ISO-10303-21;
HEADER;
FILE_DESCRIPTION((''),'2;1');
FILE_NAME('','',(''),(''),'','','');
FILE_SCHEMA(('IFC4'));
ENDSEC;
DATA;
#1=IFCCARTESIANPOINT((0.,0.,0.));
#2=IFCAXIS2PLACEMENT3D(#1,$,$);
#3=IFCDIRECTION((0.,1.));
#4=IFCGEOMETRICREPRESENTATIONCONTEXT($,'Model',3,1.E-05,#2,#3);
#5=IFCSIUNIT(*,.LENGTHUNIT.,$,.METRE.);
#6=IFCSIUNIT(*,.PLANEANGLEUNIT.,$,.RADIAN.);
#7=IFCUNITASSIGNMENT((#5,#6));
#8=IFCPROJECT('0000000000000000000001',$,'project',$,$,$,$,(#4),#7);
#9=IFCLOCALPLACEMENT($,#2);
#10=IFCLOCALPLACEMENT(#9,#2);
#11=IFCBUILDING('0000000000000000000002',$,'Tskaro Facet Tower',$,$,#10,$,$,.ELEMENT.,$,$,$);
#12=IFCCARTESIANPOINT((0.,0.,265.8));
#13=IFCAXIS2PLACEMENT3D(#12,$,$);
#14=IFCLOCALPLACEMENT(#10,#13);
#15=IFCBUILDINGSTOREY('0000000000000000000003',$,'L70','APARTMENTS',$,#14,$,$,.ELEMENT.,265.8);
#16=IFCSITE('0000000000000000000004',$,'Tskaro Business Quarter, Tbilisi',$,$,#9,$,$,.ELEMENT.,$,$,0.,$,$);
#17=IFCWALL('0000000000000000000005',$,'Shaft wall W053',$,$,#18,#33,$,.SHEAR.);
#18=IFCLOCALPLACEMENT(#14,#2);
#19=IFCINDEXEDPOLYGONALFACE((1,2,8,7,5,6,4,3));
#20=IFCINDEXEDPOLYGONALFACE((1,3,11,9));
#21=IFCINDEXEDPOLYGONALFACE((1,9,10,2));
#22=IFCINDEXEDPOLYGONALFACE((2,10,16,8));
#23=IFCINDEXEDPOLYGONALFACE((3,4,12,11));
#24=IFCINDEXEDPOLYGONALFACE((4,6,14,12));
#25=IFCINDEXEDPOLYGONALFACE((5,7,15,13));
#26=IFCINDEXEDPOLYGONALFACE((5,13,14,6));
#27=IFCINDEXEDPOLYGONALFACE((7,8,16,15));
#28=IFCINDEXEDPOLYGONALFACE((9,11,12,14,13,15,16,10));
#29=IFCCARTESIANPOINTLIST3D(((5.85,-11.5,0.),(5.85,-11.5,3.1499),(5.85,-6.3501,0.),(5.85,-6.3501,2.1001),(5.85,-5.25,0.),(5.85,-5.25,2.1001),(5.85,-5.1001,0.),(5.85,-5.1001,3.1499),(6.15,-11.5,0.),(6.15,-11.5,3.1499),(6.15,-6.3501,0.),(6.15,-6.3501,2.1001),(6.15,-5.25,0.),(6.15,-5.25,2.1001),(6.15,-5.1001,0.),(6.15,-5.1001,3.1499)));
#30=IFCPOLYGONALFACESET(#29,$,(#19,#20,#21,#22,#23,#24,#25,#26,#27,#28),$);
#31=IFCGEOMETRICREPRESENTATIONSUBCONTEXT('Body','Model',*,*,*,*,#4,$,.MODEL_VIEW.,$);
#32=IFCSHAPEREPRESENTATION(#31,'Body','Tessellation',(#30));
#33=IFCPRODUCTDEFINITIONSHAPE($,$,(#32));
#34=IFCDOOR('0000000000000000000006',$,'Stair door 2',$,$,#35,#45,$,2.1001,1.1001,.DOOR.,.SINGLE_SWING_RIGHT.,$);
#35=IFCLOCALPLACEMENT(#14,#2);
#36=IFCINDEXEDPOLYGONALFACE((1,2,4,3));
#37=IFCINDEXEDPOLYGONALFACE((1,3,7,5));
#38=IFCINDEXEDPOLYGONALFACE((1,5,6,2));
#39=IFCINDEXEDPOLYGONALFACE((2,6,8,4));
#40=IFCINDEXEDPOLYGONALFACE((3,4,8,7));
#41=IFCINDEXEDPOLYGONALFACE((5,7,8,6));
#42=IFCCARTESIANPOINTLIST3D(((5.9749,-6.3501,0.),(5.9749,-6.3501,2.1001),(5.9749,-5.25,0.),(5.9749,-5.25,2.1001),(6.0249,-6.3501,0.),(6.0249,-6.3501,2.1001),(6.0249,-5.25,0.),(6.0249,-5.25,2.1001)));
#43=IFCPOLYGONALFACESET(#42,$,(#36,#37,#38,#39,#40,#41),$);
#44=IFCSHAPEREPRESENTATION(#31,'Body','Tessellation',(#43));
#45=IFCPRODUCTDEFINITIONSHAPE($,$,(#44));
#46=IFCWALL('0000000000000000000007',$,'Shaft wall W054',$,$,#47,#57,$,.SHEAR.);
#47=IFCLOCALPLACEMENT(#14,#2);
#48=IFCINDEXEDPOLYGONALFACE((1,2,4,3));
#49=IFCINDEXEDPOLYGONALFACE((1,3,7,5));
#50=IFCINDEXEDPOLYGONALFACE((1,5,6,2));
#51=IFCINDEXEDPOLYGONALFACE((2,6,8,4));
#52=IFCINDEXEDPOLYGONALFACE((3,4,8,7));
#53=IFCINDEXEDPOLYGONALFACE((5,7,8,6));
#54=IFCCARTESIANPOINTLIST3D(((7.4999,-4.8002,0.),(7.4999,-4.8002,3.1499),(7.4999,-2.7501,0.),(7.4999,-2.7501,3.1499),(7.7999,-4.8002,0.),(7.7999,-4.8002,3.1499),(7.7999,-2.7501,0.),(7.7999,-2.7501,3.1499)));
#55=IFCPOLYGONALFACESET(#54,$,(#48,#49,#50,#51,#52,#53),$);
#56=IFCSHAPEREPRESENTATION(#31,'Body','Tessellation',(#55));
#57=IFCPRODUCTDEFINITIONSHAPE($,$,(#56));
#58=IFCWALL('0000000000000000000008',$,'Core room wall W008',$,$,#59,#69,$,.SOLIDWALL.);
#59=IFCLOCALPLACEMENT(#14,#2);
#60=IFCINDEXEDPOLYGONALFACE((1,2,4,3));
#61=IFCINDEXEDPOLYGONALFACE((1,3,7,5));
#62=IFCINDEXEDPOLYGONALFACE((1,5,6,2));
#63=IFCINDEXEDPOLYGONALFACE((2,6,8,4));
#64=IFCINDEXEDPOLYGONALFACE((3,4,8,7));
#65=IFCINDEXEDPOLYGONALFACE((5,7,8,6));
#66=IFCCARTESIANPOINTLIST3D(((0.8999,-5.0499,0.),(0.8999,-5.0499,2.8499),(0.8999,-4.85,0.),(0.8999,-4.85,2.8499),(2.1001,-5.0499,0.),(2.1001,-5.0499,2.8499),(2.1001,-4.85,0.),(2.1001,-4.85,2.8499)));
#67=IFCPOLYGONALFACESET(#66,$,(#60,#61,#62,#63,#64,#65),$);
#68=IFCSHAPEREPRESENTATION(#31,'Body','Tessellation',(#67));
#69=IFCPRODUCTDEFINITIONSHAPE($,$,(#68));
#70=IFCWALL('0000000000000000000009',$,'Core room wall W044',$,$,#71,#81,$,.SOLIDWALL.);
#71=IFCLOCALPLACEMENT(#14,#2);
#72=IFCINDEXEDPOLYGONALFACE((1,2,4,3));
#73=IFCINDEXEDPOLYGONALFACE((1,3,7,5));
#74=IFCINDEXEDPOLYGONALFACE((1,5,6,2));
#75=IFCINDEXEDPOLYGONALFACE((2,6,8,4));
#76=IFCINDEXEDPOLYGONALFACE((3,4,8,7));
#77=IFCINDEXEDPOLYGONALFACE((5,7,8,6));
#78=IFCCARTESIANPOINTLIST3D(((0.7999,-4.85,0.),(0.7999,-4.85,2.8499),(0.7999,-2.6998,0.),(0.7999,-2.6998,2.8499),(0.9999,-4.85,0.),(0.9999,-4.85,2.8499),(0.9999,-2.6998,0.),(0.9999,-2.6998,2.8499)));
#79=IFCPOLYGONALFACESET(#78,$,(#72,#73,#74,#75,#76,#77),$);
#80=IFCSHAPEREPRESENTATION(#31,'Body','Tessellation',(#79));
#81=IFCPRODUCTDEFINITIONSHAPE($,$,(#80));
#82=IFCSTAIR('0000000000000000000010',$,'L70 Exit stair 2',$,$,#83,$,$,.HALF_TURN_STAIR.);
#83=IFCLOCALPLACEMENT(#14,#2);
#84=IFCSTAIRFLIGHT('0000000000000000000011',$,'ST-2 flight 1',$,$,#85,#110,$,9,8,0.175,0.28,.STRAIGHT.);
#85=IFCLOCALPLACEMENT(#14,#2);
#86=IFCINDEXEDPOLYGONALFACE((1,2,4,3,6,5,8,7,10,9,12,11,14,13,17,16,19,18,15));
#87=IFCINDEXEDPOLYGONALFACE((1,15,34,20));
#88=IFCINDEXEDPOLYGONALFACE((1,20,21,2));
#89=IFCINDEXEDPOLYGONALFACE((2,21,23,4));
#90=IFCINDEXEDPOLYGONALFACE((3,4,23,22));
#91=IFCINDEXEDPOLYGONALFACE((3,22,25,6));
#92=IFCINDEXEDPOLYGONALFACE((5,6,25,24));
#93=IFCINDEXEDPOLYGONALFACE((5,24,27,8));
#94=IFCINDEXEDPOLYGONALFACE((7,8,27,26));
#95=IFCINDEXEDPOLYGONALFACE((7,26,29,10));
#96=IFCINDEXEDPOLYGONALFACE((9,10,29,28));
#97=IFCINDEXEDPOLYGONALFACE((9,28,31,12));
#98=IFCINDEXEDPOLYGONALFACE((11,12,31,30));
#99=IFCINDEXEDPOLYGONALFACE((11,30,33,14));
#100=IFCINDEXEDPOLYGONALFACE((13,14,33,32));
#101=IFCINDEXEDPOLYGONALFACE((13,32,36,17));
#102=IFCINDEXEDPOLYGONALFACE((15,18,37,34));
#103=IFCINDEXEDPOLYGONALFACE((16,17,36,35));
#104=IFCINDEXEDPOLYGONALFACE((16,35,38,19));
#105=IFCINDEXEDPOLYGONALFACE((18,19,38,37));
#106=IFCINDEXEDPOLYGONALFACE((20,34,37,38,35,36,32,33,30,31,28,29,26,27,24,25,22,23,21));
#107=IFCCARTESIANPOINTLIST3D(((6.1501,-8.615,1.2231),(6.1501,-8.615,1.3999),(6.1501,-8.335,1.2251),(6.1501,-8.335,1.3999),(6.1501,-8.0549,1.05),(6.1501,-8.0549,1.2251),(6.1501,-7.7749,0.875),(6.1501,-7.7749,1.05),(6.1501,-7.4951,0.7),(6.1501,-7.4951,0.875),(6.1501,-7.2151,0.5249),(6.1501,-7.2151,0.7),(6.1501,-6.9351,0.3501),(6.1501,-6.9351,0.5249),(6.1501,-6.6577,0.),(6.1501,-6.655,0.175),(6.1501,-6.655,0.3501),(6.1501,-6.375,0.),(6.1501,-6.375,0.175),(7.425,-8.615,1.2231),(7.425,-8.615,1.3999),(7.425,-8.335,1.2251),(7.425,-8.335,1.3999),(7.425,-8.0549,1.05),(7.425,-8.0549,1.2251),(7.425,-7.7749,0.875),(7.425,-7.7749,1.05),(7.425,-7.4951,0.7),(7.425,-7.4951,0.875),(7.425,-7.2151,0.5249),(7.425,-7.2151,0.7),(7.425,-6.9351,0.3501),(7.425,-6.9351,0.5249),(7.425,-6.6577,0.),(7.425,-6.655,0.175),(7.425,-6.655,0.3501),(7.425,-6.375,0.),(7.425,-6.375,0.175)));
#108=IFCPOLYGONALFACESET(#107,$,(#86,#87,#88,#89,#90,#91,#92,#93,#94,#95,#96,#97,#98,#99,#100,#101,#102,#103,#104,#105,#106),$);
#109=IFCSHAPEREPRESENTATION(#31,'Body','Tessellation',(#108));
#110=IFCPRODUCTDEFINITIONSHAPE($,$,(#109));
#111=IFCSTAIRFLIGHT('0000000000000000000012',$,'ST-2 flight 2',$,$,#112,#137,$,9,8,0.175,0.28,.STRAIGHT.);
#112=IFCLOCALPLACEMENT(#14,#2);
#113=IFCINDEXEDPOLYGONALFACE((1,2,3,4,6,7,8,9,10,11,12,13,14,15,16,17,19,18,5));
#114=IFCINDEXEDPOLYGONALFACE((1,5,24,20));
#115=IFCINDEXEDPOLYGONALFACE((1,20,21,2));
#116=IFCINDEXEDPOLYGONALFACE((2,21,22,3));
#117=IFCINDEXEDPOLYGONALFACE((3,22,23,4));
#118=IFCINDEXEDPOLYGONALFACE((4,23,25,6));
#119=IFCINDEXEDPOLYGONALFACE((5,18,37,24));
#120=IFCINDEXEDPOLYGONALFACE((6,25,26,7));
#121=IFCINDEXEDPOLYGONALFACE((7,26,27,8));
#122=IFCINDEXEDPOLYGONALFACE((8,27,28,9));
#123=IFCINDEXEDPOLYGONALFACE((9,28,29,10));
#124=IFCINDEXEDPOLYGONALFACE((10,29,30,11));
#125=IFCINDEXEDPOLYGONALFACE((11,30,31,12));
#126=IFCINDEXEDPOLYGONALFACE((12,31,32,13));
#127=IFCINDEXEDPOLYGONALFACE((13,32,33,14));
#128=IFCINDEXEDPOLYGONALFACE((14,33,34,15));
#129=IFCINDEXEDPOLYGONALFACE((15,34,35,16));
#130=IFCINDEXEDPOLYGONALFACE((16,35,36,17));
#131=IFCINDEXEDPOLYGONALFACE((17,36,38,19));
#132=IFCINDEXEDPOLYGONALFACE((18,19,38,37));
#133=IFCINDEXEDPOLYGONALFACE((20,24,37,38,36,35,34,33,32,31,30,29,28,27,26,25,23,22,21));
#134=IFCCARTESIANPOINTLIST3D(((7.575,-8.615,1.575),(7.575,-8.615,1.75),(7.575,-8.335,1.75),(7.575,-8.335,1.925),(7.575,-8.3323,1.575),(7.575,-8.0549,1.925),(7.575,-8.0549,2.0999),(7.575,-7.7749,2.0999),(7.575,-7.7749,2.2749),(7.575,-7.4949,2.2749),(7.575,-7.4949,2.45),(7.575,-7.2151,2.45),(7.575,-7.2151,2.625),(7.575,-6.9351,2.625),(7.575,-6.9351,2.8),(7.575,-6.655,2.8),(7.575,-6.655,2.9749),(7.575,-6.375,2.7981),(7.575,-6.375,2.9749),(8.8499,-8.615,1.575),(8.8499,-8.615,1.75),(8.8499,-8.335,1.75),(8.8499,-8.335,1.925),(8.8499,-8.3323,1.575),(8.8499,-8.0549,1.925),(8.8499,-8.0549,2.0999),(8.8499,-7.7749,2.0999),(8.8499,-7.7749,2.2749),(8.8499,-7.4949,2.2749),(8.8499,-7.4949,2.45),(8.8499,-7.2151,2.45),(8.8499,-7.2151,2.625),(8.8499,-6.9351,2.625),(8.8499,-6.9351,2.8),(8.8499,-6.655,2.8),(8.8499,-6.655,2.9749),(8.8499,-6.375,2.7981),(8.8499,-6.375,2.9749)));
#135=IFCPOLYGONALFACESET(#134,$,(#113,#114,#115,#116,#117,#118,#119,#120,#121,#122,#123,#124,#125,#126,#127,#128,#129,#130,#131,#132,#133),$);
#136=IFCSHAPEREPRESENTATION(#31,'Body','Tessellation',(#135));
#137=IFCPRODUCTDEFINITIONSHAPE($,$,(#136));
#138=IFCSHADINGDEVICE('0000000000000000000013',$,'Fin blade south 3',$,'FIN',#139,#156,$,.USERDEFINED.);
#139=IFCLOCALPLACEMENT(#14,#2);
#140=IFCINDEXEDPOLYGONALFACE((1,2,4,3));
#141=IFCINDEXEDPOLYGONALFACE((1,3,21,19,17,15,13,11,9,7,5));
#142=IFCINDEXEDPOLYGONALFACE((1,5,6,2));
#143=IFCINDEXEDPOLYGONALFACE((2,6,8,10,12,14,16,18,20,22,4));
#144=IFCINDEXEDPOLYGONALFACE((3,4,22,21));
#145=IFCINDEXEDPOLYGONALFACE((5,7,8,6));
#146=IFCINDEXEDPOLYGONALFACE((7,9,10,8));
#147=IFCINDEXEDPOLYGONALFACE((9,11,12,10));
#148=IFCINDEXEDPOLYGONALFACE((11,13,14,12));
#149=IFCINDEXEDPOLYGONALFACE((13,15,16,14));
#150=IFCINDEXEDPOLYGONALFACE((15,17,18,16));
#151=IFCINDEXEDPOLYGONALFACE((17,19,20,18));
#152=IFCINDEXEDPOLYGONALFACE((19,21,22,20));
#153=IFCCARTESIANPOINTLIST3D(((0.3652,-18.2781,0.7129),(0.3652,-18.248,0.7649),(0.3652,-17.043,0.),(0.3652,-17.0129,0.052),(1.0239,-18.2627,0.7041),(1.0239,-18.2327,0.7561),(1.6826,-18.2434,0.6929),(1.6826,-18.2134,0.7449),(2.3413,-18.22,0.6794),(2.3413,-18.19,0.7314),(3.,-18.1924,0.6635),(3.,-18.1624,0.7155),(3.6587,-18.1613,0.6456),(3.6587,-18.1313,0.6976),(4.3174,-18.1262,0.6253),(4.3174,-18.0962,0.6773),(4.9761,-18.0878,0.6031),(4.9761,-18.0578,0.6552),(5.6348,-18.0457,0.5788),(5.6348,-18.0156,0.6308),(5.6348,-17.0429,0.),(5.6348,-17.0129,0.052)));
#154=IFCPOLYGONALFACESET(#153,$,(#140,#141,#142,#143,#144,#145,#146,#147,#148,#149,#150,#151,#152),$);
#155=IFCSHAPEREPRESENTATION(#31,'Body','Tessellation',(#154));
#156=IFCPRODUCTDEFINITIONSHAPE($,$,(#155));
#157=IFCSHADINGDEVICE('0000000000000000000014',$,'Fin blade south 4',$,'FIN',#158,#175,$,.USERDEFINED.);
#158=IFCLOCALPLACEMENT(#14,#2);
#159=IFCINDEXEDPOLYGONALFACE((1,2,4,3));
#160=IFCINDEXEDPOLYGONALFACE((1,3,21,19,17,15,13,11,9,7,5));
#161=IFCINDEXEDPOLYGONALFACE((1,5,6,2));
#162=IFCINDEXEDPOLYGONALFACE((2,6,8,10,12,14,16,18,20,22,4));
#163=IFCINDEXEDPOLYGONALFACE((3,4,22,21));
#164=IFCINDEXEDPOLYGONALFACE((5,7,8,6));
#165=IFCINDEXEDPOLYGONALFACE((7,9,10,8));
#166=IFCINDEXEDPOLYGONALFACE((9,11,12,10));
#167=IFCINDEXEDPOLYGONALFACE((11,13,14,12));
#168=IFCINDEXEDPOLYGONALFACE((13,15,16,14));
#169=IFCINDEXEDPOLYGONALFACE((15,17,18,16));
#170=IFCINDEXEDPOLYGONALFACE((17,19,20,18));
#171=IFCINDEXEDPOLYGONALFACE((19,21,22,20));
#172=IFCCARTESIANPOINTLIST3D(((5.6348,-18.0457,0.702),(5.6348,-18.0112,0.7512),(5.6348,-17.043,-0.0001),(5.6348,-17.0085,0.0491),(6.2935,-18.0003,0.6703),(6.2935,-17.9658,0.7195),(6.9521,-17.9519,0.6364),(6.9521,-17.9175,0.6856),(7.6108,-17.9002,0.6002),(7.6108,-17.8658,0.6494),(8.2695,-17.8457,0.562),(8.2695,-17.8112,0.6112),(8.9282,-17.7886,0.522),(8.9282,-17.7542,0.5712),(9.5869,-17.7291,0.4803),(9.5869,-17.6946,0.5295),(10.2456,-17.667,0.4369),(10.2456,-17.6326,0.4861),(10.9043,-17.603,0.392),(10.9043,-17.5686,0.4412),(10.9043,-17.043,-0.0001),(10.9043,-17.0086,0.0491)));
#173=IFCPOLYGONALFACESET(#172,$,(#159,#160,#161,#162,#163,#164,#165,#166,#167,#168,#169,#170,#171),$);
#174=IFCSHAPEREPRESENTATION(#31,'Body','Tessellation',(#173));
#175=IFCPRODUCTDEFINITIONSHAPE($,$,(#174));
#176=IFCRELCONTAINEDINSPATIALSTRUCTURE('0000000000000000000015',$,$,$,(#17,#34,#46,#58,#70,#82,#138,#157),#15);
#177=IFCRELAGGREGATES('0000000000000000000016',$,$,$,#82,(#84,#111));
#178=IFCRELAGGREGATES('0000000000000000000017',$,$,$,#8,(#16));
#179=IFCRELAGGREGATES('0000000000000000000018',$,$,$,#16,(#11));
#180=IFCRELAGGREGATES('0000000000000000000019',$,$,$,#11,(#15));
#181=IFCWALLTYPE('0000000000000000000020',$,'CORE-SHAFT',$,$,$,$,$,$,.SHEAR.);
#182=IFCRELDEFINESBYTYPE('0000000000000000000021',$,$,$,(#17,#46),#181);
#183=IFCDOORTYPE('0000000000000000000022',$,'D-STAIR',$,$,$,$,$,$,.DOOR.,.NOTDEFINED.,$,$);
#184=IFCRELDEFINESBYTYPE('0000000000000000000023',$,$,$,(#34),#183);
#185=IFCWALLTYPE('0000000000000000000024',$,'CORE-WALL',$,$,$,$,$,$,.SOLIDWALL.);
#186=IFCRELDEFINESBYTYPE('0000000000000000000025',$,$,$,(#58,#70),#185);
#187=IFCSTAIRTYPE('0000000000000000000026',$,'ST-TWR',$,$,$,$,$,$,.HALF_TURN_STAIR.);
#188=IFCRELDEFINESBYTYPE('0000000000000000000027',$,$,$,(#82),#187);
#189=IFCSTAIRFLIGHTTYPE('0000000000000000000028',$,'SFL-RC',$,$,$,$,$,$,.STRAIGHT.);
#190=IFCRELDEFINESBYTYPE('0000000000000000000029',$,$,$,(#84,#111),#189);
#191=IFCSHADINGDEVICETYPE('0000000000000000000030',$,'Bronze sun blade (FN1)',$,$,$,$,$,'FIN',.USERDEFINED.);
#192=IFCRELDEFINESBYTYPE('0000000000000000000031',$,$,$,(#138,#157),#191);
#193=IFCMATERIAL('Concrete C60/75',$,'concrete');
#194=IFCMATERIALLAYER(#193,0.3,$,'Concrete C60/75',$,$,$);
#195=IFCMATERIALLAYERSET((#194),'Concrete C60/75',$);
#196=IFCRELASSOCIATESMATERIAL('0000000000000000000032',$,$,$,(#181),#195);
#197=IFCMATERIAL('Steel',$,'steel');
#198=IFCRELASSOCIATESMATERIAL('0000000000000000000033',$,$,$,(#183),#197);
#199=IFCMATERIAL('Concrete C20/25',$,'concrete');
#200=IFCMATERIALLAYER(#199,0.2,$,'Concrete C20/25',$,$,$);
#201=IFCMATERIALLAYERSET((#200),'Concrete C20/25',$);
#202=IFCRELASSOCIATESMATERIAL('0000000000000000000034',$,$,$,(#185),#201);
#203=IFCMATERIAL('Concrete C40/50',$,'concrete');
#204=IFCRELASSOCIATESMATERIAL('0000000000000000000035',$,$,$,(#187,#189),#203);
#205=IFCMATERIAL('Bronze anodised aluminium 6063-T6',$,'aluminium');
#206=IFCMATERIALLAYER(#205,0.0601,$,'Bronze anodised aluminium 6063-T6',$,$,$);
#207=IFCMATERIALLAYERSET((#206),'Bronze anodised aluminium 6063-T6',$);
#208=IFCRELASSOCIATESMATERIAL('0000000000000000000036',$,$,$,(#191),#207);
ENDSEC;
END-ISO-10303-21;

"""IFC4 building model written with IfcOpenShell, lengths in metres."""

from ifc_helpers import new_model, si_unit, direction, frame, frame_2d, origin, place, context, subcontext, project, spatial, polyline, rectangle, outline, extrude, material, layer, layer_set, type_object, element, fill, aggregate, save


model = new_model("IFC4")

# Units and contexts
model_context = context("Model", 3, precision=1e-05, world=origin(), true_north=direction((0.0, 1.0)))
body_context = subcontext(model_context, "Body", "Model", "MODEL_VIEW")
ifc_project = project(units=[si_unit("LENGTHUNIT", "METRE"), si_unit("PLANEANGLEUNIT", "RADIAN")], contexts=[model_context])

# Site, building, storey
site_placement = place(None, origin())
site = spatial("IfcSite", under=ifc_project, at=site_placement, Name="Tskaro Business Quarter, Tbilisi", CompositionType="ELEMENT", RefElevation=0.0)
building_placement = place(site_placement, origin())
building = spatial("IfcBuilding", under=site, at=building_placement, Name="Tskaro Facet Tower", CompositionType="ELEMENT")
storey_placement = place(building_placement, frame((0.0, 0.0, 265.8)))
storey = spatial("IfcBuildingStorey", under=building, at=storey_placement, Name="L70", Description="APARTMENTS", CompositionType="ELEMENT", Elevation=265.8)

# Shared definitions
ifc_material_1 = material(Name="Bronze anodised aluminium 6063-T6", Category="aluminium")

# Shared definitions
ifc_material_2 = material(Name="Concrete C60/75", Category="concrete")
ifc_layer_1 = layer(ifc_material_2, 0.3, Name="Concrete C60/75")
ifc_layer_set_1 = layer_set([ifc_layer_1], Name="Concrete C60/75")
wall_type_1 = type_object("IfcWallType", Name="CORE-SHAFT", PredefinedType="SHEAR", material=ifc_layer_set_1)

# Wall, opening, door
wall_1_placement = place(storey_placement, frame((6.0, -5.1001, 0.0), z_axis=(0.0, 0.0, 1.0), x_axis=(0.0, -1.0, 0.0)))
wall_1 = element("IfcWall", 1, at=wall_1_placement, inside=storey, type_object=wall_type_1, Name="Shaft wall W053", PredefinedType="SHEAR", context=body_context, shape_type="SweptSolid", body=[
    extrude(rectangle(XDim=6.3999, YDim=0.3, at=frame_2d((3.2, 0.0))), origin(), (0.0, 0.0, 1.0), 3.1499),
])
opening_placement = place(wall_1_placement, frame((0.1499, 0.0, 0.0)))
opening = element("IfcOpeningElement", 2, at=opening_placement, cuts=wall_1, PredefinedType="OPENING", context=body_context, shape_type="SweptSolid", body=[
    extrude(rectangle(XDim=1.1001, YDim=2.1001, at=frame_2d((0.55, 1.05))), frame((0.0, 0.1599, 0.0), z_axis=(0.0, -1.0, 0.0), x_axis=(1.0, 0.0, 0.0)), (0.0, 0.0, 1.0), 0.3201),
])
ifc_material_3 = material(Name="Steel", Category="steel")
door_type = type_object("IfcDoorType", Name="D-STAIR", OperationType="NOTDEFINED", PredefinedType="DOOR", material=ifc_material_3)
door_placement = place(opening_placement, origin())
door = element("IfcDoor", 3, at=door_placement, inside=storey, type_object=door_type, Name="Stair door 2", OperationType="SINGLE_SWING_RIGHT", OverallHeight=2.1001, OverallWidth=1.1001, PredefinedType="DOOR", context=body_context, shape_type="SweptSolid", body=[
    extrude(rectangle(XDim=1.1001, YDim=2.1001, at=frame_2d((0.55, 1.05))), frame((0.0, 0.0249, 0.0), z_axis=(0.0, -1.0, 0.0), x_axis=(1.0, 0.0, 0.0)), (0.0, 0.0, 1.0), 0.05),
])
fill(opening, door)

# Walls
wall_2_placement = place(storey_placement, frame((7.6499, -4.8, 0.0), z_axis=(0.0, 0.0, 1.0), x_axis=(0.0, 1.0, 0.0)))
element("IfcWall", 4, at=wall_2_placement, inside=storey, type_object=wall_type_1, Name="Shaft wall W054", PredefinedType="SHEAR", context=body_context, shape_type="SweptSolid", body=[
    extrude(rectangle(XDim=2.05, YDim=0.3, at=frame_2d((1.0249, 0.0))), origin(), (0.0, 0.0, 1.0), 3.1499),
])
ifc_material_4 = material(Name="Concrete C20/25", Category="concrete")
ifc_layer_2 = layer(ifc_material_4, 0.2, Name="Concrete C20/25")
ifc_layer_set_2 = layer_set([ifc_layer_2], Name="Concrete C20/25")
wall_type_2 = type_object("IfcWallType", Name="CORE-WALL", PredefinedType="SOLIDWALL", material=ifc_layer_set_2)
wall_3_placement = place(storey_placement, frame((0.8999, -4.95, 0.0), z_axis=(0.0, 0.0, 1.0), x_axis=(1.0, 0.0, 0.0)))
element("IfcWall", 5, at=wall_3_placement, inside=storey, type_object=wall_type_2, Name="Core room wall W008", PredefinedType="SOLIDWALL", context=body_context, shape_type="SweptSolid", body=[
    extrude(rectangle(XDim=1.2002, YDim=0.2, at=frame_2d((0.6001, 0.0))), origin(), (0.0, 0.0, 1.0), 2.8499),
])
wall_4_placement = place(storey_placement, frame((0.8999, -4.8501, 0.0), z_axis=(0.0, 0.0, 1.0), x_axis=(0.0, 1.0, 0.0)))
element("IfcWall", 6, at=wall_4_placement, inside=storey, type_object=wall_type_2, Name="Core room wall W044", PredefinedType="SOLIDWALL", context=body_context, shape_type="SweptSolid", body=[
    extrude(rectangle(XDim=2.1501, YDim=0.2, at=frame_2d((1.0752, 0.0))), origin(), (0.0, 0.0, 1.0), 2.8499),
])

# Stair, stair flights
ifc_material_5 = material(Name="Concrete C40/50", Category="concrete")
stair_type = type_object("IfcStairType", Name="ST-TWR", PredefinedType="HALF_TURN_STAIR", material=ifc_material_5)
stair_placement = place(storey_placement, origin())
stair = element("IfcStair", 7, at=stair_placement, inside=storey, type_object=stair_type, Name="L70 Exit stair 2", PredefinedType="HALF_TURN_STAIR")
stair_flight_type = type_object("IfcStairFlightType", Name="SFL-RC", PredefinedType="STRAIGHT", material=ifc_material_5)
stair_flight_1_placement = place(storey_placement, frame((6.7876, -6.375, 0.0), z_axis=(0.0, 0.0, 1.0), x_axis=(0.0, -1.0, 0.0)))
stair_flight_1 = element("IfcStairFlight", 8, at=stair_flight_1_placement, type_object=stair_flight_type, Name="ST-2 flight 1", NumberOfRisers=9, NumberOfTreads=8, PredefinedType="STRAIGHT", RiserHeight=0.175, TreadLength=0.28, context=body_context, shape_type="SweptSolid", body=[
    extrude(outline(polyline([(0.0, 0.0), (0.0, 0.175), (0.28, 0.175), (0.28, 0.3501), (0.5601, 0.3501), (0.5601, 0.5249), (0.8401, 0.5249), (0.8401, 0.7), (1.1201, 0.7), (1.1201, 0.875), (1.3999, 0.875), (1.3999, 1.05), (1.6799, 1.05), (1.6799, 1.2251), (1.96, 1.2251), (1.96, 1.3999), (2.24, 1.3999), (2.24, 1.575), (2.24, 1.2231), (0.2827, 0.0), (0.0, 0.0)])), frame((0.0, 0.6375, 0.0), z_axis=(0.0, -1.0, 0.0), x_axis=(1.0, 0.0, 0.0)), (0.0, 0.0, 1.0), 1.2749),
])
stair_flight_2_placement = place(storey_placement, frame((8.2124, -8.615, 1.575), z_axis=(0.0, 0.0, 1.0), x_axis=(0.0, 1.0, 0.0)))
stair_flight_2 = element("IfcStairFlight", 9, at=stair_flight_2_placement, type_object=stair_flight_type, Name="ST-2 flight 2", NumberOfRisers=9, NumberOfTreads=8, PredefinedType="STRAIGHT", RiserHeight=0.175, TreadLength=0.28, context=body_context, shape_type="SweptSolid", body=[
    extrude(outline(polyline([(0.0, 0.0), (0.0, 0.175), (0.28, 0.175), (0.28, 0.3501), (0.5601, 0.3501), (0.5601, 0.5249), (0.8401, 0.5249), (0.8401, 0.7), (1.1201, 0.7), (1.1201, 0.875), (1.3999, 0.875), (1.3999, 1.05), (1.6799, 1.05), (1.6799, 1.2251), (1.96, 1.2251), (1.96, 1.3999), (2.24, 1.3999), (2.24, 1.575), (2.24, 1.2231), (0.2827, 0.0), (0.0, 0.0)])), frame((0.0, 0.6375, 0.0), z_axis=(0.0, -1.0, 0.0), x_axis=(1.0, 0.0, 0.0)), (0.0, 0.0, 1.0), 1.2749),
])
aggregate(stair, [stair_flight_1, stair_flight_2])

# Shading devices
ifc_layer_3 = layer(ifc_material_1, 0.0601, Name="Bronze anodised aluminium 6063-T6")
ifc_layer_set_3 = layer_set([ifc_layer_3], Name="Bronze anodised aluminium 6063-T6")
shading_device_type = type_object("IfcShadingDeviceType", Name="Bronze sun blade (FN1)", ElementType="FIN", PredefinedType="USERDEFINED", material=ifc_layer_set_3)
shading_device_1_placement = place(storey_placement, frame((0.3652, -17.0129, 0.052), z_axis=(-0.000009, 0.499914, 0.866075), x_axis=(1.0, 0.000005, 0.000008)))
element("IfcShadingDevice", 10, at=shading_device_1_placement, inside=storey, type_object=shading_device_type, Name="Fin blade south 3", ObjectType="FIN", PredefinedType="USERDEFINED", context=body_context, shape_type="SweptSolid", body=[
    extrude(outline(polyline([(0.0, 0.0), (5.2695, 0.0), (5.2695, -1.1578), (4.6108, -1.2064), (3.9521, -1.2507), (3.2935, -1.2913), (2.6348, -1.3272), (1.9761, -1.359), (1.3174, -1.386), (0.6587, -1.4084), (0.0, -1.4261), (0.0, 0.0)])), origin(), (0.0, 0.0, -1.0), 0.0601),
])
shading_device_2_placement = place(storey_placement, frame((5.6348, -17.0085, 0.0491), z_axis=(0.000004, 0.573622, 0.81912), x_axis=(1.0, -0.000002, -0.000003)))
element("IfcShadingDevice", 11, at=shading_device_2_placement, inside=storey, type_object=shading_device_type, Name="Fin blade south 4", ObjectType="FIN", PredefinedType="USERDEFINED", context=body_context, shape_type="SweptSolid", body=[
    extrude(outline(polyline([(0.0, 0.0), (5.2695, 0.0), (5.2695, -0.6837), (4.6108, -0.7618), (3.9521, -0.8376), (3.2935, -0.9103), (2.6348, -0.9799), (1.9761, -1.0465), (1.3174, -1.1096), (0.6587, -1.1687), (0.0, -1.2241), (0.0, 0.0)])), origin(), (0.0, 0.0, -1.0), 0.0601),
])

save(model, "model.ifc")
